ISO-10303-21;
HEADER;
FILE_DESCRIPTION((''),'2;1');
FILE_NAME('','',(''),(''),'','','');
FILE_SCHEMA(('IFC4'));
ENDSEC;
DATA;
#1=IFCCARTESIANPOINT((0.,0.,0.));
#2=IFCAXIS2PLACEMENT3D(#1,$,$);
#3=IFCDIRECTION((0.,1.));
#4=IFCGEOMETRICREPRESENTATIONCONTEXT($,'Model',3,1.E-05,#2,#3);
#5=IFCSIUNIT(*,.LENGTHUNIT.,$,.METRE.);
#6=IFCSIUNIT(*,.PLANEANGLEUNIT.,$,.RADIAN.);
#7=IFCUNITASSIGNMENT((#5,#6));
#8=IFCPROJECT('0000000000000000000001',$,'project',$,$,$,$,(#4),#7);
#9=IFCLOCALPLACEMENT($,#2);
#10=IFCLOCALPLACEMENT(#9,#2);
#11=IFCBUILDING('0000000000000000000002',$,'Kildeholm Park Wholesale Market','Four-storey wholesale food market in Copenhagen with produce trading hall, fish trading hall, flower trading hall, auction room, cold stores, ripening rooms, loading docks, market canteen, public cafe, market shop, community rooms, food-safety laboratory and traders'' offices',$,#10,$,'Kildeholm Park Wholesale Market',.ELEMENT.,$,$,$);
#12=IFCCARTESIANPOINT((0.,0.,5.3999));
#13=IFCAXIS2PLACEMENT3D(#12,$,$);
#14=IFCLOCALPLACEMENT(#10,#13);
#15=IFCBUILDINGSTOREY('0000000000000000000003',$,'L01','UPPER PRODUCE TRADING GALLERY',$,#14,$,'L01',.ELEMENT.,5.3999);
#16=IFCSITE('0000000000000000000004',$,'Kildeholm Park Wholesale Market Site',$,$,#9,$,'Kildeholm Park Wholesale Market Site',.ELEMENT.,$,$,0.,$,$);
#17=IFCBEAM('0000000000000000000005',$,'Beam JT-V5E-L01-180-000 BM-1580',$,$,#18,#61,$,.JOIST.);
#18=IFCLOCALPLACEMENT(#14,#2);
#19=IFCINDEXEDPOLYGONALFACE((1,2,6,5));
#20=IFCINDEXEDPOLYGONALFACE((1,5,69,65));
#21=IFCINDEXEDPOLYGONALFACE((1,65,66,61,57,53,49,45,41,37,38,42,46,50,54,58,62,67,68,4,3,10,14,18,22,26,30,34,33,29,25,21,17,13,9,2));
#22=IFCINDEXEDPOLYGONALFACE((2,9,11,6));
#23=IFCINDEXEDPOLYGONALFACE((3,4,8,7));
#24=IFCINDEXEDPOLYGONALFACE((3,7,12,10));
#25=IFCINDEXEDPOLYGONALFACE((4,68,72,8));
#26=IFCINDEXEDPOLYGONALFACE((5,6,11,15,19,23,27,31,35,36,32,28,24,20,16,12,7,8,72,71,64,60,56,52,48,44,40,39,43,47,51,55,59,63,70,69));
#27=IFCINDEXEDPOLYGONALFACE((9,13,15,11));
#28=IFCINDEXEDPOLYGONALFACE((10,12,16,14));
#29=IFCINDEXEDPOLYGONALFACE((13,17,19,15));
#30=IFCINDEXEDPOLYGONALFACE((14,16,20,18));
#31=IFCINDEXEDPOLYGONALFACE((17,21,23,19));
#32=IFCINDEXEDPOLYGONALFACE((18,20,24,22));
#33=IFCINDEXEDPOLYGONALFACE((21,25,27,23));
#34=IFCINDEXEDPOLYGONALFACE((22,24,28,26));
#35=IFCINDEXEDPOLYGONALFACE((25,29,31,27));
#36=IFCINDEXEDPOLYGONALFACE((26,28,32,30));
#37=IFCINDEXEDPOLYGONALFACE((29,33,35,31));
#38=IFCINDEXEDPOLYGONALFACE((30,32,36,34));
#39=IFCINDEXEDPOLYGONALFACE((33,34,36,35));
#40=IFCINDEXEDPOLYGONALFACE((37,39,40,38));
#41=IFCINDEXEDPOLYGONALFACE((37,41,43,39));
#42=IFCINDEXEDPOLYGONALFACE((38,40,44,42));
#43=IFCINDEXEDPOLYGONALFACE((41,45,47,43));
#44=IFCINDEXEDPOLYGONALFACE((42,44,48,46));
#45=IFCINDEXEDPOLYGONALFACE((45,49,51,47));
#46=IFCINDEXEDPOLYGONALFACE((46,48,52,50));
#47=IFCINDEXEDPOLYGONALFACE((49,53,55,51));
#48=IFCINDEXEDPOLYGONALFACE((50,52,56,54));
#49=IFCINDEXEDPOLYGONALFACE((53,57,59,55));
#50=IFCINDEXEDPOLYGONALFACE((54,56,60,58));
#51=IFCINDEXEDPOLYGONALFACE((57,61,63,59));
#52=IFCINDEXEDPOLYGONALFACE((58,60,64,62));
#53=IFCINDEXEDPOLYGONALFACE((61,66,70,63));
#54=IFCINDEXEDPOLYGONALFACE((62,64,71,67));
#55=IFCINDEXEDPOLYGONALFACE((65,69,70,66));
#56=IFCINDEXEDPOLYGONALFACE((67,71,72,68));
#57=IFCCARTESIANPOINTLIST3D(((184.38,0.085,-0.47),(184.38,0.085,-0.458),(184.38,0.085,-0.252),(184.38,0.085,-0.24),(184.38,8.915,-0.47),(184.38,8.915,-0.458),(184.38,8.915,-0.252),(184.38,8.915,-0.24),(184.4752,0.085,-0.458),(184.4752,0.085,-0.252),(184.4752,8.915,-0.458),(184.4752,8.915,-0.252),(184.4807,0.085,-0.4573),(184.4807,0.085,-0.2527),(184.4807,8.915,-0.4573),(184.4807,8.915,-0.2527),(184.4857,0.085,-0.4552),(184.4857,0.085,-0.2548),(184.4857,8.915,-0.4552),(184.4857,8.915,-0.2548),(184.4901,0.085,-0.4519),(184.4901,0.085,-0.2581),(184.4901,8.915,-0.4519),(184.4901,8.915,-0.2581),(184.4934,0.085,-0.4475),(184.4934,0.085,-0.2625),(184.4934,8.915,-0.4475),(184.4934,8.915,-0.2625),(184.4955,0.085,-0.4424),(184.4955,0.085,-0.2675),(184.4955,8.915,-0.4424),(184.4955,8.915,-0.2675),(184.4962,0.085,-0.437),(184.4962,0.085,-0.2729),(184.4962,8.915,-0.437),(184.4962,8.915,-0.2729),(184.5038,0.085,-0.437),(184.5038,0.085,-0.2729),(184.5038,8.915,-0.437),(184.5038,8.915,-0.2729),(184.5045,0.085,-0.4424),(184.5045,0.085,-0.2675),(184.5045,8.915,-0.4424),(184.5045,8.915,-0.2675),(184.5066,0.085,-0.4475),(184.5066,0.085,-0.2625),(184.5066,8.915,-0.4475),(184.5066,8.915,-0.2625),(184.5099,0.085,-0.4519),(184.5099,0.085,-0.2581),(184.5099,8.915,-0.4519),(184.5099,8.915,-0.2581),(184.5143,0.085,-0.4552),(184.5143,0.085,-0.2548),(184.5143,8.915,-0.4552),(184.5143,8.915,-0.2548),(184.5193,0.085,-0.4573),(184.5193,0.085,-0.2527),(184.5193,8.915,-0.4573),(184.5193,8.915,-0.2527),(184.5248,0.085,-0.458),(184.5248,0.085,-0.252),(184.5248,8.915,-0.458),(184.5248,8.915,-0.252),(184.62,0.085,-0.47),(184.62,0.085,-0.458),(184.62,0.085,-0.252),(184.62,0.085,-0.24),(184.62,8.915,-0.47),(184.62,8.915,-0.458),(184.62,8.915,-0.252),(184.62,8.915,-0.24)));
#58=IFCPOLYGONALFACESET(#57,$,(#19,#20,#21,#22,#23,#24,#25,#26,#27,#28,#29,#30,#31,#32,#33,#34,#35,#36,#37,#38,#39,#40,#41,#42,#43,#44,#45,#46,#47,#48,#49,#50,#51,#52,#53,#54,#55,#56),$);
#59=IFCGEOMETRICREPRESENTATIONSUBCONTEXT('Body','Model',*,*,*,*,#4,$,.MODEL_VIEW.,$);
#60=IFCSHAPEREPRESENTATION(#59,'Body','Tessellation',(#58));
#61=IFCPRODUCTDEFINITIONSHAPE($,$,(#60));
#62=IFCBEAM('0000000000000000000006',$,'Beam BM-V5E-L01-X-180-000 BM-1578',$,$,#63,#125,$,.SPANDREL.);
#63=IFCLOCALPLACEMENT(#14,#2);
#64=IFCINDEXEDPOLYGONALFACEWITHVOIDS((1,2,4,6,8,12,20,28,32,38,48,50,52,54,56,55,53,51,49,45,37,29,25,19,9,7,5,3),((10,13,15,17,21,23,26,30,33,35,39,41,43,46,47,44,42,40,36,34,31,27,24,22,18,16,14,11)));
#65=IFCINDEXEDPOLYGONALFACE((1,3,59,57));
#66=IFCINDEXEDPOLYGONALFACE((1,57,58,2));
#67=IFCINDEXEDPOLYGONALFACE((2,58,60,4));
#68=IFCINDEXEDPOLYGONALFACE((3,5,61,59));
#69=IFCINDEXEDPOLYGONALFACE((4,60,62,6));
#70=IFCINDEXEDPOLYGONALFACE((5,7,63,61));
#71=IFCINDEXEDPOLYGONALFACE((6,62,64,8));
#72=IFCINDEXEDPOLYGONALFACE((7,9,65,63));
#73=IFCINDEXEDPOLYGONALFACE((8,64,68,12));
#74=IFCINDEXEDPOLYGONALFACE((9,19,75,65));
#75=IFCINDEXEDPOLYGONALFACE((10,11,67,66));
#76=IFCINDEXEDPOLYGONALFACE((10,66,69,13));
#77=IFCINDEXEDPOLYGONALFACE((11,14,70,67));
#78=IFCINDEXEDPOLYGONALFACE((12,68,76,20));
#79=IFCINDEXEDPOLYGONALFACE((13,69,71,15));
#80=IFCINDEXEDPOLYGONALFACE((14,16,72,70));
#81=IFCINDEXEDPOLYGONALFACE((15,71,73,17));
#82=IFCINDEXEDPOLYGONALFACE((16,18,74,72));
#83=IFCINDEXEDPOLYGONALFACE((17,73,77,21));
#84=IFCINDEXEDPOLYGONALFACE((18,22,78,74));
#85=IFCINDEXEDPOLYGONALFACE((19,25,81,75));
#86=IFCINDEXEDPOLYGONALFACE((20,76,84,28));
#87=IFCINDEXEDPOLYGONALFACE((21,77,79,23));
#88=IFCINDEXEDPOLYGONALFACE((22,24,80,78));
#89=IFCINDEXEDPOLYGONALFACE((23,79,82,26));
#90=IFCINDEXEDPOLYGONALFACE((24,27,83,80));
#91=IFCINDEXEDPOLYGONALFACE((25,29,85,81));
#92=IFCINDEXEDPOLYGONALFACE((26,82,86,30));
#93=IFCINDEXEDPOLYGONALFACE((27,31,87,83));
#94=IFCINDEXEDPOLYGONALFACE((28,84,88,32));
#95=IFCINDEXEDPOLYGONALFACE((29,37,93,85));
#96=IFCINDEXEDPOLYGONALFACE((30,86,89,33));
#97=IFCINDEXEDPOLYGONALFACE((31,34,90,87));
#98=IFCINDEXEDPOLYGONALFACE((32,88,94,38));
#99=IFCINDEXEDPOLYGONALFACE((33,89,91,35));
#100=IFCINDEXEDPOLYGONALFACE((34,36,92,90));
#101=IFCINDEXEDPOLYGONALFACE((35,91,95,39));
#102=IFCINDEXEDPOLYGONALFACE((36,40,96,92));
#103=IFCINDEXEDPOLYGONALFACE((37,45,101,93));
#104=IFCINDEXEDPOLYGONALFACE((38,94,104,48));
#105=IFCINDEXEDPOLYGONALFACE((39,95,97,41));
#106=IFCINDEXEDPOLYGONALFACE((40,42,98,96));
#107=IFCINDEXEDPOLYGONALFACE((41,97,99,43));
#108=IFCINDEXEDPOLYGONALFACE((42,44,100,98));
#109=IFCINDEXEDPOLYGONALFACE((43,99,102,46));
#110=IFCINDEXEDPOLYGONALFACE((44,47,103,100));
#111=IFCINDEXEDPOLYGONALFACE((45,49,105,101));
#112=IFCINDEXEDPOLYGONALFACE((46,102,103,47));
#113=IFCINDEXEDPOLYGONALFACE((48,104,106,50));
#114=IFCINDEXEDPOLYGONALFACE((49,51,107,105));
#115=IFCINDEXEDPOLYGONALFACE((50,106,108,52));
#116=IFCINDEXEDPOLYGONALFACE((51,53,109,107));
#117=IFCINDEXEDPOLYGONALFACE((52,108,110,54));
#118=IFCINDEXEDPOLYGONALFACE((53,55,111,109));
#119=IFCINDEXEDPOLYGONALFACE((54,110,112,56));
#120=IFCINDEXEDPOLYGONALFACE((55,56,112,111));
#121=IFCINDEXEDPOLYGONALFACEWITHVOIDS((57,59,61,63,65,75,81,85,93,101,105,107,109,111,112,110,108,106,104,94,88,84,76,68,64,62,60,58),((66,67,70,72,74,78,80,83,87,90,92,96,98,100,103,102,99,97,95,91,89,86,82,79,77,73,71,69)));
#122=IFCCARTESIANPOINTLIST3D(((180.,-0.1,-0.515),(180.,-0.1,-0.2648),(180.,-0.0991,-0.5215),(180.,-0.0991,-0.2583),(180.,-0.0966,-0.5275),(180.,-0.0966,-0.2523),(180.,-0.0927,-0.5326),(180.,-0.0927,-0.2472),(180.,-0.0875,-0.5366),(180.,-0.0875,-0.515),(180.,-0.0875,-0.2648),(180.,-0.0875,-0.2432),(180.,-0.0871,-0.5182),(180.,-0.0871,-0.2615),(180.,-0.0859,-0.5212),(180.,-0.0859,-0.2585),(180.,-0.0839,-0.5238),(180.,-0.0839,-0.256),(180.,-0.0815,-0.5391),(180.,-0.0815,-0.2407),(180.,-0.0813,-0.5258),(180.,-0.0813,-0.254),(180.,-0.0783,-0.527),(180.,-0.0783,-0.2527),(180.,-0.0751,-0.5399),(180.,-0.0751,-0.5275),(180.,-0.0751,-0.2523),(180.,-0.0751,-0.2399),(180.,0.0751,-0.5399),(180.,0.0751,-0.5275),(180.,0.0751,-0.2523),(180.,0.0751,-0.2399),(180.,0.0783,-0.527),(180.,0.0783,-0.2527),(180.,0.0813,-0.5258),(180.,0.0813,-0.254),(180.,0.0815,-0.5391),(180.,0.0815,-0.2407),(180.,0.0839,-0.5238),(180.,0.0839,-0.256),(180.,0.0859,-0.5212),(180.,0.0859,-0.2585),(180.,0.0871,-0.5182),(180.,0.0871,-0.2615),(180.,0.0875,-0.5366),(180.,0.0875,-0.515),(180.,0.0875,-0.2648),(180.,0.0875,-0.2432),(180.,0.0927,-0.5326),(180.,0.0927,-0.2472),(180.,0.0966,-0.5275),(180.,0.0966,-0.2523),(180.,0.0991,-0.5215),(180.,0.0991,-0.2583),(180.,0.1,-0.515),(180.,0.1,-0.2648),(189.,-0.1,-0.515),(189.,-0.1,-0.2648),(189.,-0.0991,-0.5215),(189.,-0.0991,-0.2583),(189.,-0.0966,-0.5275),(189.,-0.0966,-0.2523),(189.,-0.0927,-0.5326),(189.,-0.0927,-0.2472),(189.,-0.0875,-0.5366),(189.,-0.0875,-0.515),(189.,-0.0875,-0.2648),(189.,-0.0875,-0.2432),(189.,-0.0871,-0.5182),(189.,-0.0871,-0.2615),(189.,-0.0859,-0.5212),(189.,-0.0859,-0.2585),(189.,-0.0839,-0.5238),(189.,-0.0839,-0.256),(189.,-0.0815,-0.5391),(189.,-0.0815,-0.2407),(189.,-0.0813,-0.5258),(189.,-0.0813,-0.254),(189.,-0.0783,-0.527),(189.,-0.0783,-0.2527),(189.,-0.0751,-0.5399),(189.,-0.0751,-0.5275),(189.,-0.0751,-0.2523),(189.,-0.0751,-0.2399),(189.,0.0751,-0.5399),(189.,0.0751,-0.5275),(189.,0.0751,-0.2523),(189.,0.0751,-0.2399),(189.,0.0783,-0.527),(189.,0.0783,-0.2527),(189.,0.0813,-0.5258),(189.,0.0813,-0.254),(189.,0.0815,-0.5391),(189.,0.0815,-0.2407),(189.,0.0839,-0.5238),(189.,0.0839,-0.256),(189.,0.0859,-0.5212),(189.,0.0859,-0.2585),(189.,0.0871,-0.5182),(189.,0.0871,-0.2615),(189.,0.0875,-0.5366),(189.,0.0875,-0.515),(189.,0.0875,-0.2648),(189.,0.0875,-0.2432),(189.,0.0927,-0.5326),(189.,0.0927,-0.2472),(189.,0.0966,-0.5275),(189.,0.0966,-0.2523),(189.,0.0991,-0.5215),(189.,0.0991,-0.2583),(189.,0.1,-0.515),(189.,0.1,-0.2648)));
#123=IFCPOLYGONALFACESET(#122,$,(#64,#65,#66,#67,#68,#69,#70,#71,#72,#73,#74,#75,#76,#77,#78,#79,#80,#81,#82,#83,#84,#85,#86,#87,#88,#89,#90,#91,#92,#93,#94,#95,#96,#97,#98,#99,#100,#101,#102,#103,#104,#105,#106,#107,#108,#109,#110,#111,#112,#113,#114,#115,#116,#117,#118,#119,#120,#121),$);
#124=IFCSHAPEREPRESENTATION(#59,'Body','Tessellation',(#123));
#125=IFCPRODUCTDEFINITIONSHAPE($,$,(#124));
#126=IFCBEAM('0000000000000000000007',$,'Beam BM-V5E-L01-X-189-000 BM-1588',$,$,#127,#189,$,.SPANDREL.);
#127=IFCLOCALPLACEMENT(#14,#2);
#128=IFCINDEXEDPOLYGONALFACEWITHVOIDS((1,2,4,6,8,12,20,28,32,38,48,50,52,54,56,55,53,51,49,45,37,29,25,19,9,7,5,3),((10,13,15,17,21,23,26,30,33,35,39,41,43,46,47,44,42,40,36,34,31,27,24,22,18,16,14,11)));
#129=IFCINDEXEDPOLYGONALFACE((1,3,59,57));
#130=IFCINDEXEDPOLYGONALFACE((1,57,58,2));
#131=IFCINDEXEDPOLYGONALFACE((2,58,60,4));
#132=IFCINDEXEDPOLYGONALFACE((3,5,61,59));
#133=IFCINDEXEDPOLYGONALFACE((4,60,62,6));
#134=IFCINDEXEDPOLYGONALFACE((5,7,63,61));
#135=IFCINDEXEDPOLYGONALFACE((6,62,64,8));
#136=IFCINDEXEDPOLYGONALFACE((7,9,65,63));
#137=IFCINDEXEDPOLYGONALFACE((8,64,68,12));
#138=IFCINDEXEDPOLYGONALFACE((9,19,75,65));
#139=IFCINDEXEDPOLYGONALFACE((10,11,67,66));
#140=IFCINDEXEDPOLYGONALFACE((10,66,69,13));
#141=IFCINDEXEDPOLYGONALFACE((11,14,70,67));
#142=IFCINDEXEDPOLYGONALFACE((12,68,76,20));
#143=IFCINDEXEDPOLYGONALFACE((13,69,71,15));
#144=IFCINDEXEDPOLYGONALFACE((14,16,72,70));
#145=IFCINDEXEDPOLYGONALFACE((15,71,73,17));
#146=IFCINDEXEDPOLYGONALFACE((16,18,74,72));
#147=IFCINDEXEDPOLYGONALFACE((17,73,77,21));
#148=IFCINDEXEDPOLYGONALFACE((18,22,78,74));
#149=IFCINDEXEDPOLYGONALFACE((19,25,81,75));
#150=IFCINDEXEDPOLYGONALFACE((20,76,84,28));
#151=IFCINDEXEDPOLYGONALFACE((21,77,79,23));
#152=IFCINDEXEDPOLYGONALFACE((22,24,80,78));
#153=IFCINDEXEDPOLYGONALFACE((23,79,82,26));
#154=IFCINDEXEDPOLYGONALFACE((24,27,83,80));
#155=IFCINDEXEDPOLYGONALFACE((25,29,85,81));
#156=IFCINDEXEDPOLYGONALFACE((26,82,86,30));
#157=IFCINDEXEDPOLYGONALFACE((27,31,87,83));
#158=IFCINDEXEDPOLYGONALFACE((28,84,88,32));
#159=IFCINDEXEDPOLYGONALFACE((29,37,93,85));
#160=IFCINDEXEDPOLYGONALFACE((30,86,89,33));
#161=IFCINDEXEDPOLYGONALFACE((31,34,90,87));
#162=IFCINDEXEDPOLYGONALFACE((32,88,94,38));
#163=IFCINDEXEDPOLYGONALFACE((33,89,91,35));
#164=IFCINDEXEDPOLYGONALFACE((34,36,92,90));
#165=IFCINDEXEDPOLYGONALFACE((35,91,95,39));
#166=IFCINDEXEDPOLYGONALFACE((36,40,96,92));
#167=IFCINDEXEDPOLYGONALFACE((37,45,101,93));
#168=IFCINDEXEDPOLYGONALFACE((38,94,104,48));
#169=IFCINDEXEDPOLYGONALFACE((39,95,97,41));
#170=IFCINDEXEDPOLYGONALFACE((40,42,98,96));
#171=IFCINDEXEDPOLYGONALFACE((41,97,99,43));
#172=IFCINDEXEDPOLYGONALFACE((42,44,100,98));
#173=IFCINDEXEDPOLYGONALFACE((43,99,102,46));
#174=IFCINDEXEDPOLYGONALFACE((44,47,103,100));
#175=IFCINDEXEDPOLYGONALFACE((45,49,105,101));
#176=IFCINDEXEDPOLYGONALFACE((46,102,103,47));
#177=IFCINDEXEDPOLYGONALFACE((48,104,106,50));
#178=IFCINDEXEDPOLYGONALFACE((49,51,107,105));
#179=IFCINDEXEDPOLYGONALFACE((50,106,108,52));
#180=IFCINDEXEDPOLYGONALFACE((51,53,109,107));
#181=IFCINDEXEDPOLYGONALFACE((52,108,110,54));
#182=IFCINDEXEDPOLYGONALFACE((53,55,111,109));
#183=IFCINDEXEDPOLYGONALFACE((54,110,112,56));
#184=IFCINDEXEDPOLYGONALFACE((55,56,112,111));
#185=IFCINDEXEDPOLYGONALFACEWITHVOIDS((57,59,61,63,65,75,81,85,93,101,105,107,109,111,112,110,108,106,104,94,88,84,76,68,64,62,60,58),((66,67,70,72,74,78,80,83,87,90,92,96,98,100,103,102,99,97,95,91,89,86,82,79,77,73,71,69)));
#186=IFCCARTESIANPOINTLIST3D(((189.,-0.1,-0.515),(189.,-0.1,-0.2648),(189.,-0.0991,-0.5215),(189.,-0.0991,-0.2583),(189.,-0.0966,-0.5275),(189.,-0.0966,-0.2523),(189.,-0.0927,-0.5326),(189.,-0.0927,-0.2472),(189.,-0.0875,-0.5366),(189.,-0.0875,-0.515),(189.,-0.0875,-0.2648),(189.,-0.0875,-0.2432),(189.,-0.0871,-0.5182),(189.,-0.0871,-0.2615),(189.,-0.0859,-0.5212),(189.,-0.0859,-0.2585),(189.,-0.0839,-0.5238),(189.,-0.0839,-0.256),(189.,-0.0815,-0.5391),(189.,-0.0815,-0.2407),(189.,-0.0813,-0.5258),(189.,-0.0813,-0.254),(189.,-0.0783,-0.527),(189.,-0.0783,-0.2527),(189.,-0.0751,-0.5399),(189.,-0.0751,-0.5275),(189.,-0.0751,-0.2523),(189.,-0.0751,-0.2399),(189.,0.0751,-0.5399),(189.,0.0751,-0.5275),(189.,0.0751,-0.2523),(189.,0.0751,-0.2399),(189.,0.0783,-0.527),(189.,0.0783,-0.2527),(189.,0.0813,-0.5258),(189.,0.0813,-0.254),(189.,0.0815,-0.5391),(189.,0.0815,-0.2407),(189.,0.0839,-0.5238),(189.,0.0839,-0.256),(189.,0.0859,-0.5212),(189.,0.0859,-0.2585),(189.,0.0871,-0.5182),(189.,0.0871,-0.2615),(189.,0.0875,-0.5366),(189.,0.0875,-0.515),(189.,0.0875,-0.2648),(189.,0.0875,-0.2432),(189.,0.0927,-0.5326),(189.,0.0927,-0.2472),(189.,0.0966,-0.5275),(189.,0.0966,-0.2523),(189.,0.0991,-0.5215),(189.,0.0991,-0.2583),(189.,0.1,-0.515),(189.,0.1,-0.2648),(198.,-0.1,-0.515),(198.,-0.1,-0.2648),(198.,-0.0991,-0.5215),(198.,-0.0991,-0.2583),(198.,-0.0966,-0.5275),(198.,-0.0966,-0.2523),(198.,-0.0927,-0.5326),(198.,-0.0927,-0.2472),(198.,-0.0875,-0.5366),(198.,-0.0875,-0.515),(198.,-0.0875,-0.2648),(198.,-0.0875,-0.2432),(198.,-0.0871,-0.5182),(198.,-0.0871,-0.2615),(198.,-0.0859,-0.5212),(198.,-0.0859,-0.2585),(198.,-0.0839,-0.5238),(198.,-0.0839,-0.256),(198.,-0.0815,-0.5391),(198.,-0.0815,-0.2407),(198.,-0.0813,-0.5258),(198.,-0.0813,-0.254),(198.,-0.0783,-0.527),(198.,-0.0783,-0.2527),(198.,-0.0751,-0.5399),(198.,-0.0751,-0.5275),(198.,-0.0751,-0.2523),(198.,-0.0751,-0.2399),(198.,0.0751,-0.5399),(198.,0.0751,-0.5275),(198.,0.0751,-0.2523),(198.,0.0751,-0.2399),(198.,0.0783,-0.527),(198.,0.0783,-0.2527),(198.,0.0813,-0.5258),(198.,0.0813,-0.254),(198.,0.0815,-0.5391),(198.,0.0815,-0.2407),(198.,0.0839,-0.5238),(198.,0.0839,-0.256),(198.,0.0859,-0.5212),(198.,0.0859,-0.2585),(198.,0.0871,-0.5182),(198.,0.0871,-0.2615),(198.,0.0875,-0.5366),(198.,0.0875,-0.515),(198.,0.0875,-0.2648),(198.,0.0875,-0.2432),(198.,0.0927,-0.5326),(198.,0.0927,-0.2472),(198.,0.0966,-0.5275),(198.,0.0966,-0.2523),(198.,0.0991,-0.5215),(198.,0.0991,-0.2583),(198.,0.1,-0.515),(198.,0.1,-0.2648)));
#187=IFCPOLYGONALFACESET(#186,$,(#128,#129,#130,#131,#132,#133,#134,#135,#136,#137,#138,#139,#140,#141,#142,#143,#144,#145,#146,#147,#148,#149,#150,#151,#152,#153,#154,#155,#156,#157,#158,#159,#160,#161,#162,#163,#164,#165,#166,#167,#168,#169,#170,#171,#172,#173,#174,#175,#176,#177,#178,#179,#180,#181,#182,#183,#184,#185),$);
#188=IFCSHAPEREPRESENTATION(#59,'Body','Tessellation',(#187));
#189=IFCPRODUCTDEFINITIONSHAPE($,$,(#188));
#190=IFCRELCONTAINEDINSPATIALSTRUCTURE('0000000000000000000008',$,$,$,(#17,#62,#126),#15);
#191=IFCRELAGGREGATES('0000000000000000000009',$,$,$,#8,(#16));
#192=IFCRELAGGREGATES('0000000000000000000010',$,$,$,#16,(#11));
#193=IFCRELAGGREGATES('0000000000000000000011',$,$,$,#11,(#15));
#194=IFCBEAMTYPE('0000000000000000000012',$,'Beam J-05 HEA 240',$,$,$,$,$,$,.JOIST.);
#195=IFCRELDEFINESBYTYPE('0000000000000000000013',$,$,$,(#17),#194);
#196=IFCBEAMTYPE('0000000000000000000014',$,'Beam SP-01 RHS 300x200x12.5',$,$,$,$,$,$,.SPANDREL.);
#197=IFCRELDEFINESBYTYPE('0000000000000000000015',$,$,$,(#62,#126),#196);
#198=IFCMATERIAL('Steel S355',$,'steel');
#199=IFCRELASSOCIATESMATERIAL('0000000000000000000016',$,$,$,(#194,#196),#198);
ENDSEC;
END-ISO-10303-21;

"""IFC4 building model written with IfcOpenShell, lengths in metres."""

from ifc_helpers import new_model, si_unit, direction, frame, origin, origin_2d, place, context, subcontext, project, spatial, hollow_rectangle, i_section, extrude, material, material_profile, profile_set, type_object, element, save


model = new_model("IFC4")

# Units and contexts
model_context = context("Model", 3, precision=1e-05, world=origin(), true_north=direction((0.0, 1.0)))
body_context = subcontext(model_context, "Body", "Model", "MODEL_VIEW")
ifc_project = project(units=[si_unit("LENGTHUNIT", "METRE"), si_unit("PLANEANGLEUNIT", "RADIAN")], contexts=[model_context])

# Site, building, storey
site_placement = place(None, origin())
site = spatial("IfcSite", under=ifc_project, at=site_placement, Name="Kildeholm Park Wholesale Market Site", LongName="Kildeholm Park Wholesale Market Site", CompositionType="ELEMENT", RefElevation=0.0)
building_placement = place(site_placement, origin())
building = spatial("IfcBuilding", under=site, at=building_placement, Name="Kildeholm Park Wholesale Market", Description="Four-storey wholesale food market in Copenhagen with produce trading hall, fish trading hall, flower trading hall, auction room, cold stores, ripening rooms, loading docks, market canteen, public cafe, market shop, community rooms, food-safety laboratory and traders' offices", LongName="Kildeholm Park Wholesale Market", CompositionType="ELEMENT")
storey_placement = place(building_placement, frame((0.0, 0.0, 5.3999)))
storey = spatial("IfcBuildingStorey", under=building, at=storey_placement, Name="L01", Description="UPPER PRODUCE TRADING GALLERY", LongName="L01", CompositionType="ELEMENT", Elevation=5.3999)

# Shared definitions
ifc_material_1 = material(Name="Steel S355", Category="steel")

# Beams
ifc_material_profile_1 = material_profile(ifc_material_1, i_section(OverallWidth=0.24, OverallDepth=0.23, WebThickness=0.0076, FlangeThickness=0.012, FilletRadius=0.021, at=origin_2d()), Name="HEA 240")
ifc_profile_set_1 = profile_set([ifc_material_profile_1], Name="Steel S355")
beam_type_1 = type_object("IfcBeamType", Name="Beam J-05 HEA 240", PredefinedType="JOIST", material=ifc_profile_set_1)
beam_placement = place(storey_placement, frame((184.5, 0.085, -0.355), z_axis=(0.0, 1.0, 0.0), x_axis=(-1.0, 0.0, 0.0)))
element("IfcBeam", 1, at=beam_placement, inside=storey, type_object=beam_type_1, Name="Beam JT-V5E-L01-180-000 BM-1580", PredefinedType="JOIST", context=body_context, shape_type="SweptSolid", body=[
    extrude(i_section(OverallWidth=0.24, OverallDepth=0.23, WebThickness=0.0076, FlangeThickness=0.012, FilletRadius=0.021, at=origin_2d()), origin(), (0.0, 0.0, 1.0), 8.8301),
])
ifc_material_profile_2 = material_profile(ifc_material_1, hollow_rectangle(XDim=0.2, YDim=0.3, WallThickness=0.0125, InnerFilletRadius=0.0125, OuterFilletRadius=0.0249, at=origin_2d()), Name="RHS 300x200x12.5")
ifc_profile_set_2 = profile_set([ifc_material_profile_2], Name="Steel S355")
beam_type_2 = type_object("IfcBeamType", Name="Beam SP-01 RHS 300x200x12.5", PredefinedType="SPANDREL", material=ifc_profile_set_2)
for number, where, z_axis, x_axis, name in (
    (2, (180.0, 0.0, -0.3899), (1.0, 0.0, 0.0), (0.0, 1.0, 0.0), "Beam BM-V5E-L01-X-180-000 BM-1578"),
    (3, (189.0, 0.0, -0.3899), (1.0, 0.0, 0.0), (0.0, 1.0, 0.0), "Beam BM-V5E-L01-X-189-000 BM-1588"),
):
    element("IfcBeam", number, at=place(storey_placement, frame(where, z_axis=z_axis, x_axis=x_axis)), inside=storey, type_object=beam_type_2, Name=name, PredefinedType="SPANDREL", context=body_context, shape_type="SweptSolid", body=[
        extrude(hollow_rectangle(XDim=0.2, YDim=0.3, WallThickness=0.0125, InnerFilletRadius=0.0125, OuterFilletRadius=0.0249, at=origin_2d()), origin(), (0.0, 0.0, 1.0), 9.0),
    ])

save(model, "model.ifc")
